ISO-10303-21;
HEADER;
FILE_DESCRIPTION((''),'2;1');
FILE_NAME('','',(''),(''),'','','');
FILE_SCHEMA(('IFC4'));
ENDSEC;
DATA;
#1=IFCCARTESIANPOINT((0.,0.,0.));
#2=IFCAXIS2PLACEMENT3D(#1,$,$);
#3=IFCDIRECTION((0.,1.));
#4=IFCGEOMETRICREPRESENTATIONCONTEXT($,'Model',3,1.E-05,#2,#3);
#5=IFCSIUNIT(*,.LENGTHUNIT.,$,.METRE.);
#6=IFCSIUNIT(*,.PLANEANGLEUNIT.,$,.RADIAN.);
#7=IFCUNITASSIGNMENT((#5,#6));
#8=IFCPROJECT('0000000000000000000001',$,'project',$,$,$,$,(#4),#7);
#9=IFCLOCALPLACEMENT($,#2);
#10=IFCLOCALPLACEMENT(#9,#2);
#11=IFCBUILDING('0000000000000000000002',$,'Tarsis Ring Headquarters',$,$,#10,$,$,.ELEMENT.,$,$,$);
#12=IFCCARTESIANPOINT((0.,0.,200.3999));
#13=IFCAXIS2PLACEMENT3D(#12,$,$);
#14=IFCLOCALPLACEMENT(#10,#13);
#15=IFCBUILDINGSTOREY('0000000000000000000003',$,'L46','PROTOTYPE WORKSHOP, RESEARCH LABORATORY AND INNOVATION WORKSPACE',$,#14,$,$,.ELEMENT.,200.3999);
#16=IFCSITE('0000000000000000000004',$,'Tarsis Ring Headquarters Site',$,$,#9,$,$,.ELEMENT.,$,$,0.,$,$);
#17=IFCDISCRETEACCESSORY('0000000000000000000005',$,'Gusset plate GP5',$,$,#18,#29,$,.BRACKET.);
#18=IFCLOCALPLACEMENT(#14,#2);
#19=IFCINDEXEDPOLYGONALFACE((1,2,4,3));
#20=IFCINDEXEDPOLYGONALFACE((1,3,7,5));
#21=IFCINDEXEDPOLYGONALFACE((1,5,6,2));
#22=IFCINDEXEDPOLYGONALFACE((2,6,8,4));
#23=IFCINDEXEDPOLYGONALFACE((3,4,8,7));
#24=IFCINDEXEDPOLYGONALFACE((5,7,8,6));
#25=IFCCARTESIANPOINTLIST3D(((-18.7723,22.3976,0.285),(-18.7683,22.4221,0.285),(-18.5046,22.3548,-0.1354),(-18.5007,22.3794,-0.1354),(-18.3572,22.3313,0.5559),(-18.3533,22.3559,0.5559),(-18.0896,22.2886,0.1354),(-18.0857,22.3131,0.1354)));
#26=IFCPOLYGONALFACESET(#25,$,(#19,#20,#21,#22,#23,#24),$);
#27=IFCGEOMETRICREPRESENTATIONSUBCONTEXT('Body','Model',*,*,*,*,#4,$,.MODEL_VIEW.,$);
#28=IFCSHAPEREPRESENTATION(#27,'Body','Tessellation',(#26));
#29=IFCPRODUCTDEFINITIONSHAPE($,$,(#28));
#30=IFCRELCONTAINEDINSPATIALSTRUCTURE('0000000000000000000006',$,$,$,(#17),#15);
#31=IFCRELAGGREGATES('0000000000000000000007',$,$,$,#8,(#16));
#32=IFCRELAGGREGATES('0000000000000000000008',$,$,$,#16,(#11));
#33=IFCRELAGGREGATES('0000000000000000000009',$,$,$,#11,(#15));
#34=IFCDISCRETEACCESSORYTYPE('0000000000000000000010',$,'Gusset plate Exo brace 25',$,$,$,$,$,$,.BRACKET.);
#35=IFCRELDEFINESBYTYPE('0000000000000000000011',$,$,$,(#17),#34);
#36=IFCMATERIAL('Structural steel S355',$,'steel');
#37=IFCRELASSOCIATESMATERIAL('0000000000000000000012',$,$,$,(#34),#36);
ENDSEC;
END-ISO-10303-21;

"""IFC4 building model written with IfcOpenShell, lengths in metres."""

from ifc_helpers import new_model, si_unit, direction, frame, origin, origin_2d, place, context, subcontext, project, spatial, rectangle, extrude, material, material_profile, profile_set, type_object, element, save


model = new_model("IFC4")

# Units and contexts
model_context = context("Model", 3, precision=1e-05, world=origin(), true_north=direction((0.0, 1.0)))
body_context = subcontext(model_context, "Body", "Model", "MODEL_VIEW")
ifc_project = project(units=[si_unit("LENGTHUNIT", "METRE"), si_unit("PLANEANGLEUNIT", "RADIAN")], contexts=[model_context])

# Site, building, storey
site_placement = place(None, origin())
site = spatial("IfcSite", under=ifc_project, at=site_placement, Name="Tarsis Ring Headquarters Site", CompositionType="ELEMENT", RefElevation=0.0)
building_placement = place(site_placement, origin())
building = spatial("IfcBuilding", under=site, at=building_placement, Name="Tarsis Ring Headquarters", CompositionType="ELEMENT")
storey_placement = place(building_placement, frame((0.0, 0.0, 200.3999)))
storey = spatial("IfcBuildingStorey", under=building, at=storey_placement, Name="L46", Description="PROTOTYPE WORKSHOP, RESEARCH LABORATORY AND INNOVATION WORKSPACE", CompositionType="ELEMENT", Elevation=200.3999)

# Shared definitions
ifc_material_1 = material(Name="Structural steel S355", Category="steel")

# Discrete accessory
ifc_material_profile_1 = material_profile(ifc_material_1, rectangle(XDim=0.0249, YDim=0.5, at=origin_2d()), Name="PL 25x500")
ifc_profile_set_1 = profile_set([ifc_material_profile_1], Name="Structural steel S355")
discrete_accessory_type = type_object("IfcDiscreteAccessoryType", Name="Gusset plate Exo brace 25", PredefinedType="BRACKET", material=ifc_profile_set_1)
discrete_accessory_placement = place(storey_placement, frame((-18.2952, 22.334, 0.0), z_axis=(-0.534976, 0.08542, 0.840538), x_axis=(-0.157674, -0.987491, 0.0)))
element("IfcDiscreteAccessory", 1, at=discrete_accessory_placement, inside=storey, type_object=discrete_accessory_type, Name="Gusset plate GP5", PredefinedType="BRACKET", context=body_context, shape_type="SweptSolid", body=[
    extrude(rectangle(XDim=0.0249, YDim=0.5, at=origin_2d()), origin(), (0.0, 0.0, 1.0), 0.5002),
])

save(model, "model.ifc")
